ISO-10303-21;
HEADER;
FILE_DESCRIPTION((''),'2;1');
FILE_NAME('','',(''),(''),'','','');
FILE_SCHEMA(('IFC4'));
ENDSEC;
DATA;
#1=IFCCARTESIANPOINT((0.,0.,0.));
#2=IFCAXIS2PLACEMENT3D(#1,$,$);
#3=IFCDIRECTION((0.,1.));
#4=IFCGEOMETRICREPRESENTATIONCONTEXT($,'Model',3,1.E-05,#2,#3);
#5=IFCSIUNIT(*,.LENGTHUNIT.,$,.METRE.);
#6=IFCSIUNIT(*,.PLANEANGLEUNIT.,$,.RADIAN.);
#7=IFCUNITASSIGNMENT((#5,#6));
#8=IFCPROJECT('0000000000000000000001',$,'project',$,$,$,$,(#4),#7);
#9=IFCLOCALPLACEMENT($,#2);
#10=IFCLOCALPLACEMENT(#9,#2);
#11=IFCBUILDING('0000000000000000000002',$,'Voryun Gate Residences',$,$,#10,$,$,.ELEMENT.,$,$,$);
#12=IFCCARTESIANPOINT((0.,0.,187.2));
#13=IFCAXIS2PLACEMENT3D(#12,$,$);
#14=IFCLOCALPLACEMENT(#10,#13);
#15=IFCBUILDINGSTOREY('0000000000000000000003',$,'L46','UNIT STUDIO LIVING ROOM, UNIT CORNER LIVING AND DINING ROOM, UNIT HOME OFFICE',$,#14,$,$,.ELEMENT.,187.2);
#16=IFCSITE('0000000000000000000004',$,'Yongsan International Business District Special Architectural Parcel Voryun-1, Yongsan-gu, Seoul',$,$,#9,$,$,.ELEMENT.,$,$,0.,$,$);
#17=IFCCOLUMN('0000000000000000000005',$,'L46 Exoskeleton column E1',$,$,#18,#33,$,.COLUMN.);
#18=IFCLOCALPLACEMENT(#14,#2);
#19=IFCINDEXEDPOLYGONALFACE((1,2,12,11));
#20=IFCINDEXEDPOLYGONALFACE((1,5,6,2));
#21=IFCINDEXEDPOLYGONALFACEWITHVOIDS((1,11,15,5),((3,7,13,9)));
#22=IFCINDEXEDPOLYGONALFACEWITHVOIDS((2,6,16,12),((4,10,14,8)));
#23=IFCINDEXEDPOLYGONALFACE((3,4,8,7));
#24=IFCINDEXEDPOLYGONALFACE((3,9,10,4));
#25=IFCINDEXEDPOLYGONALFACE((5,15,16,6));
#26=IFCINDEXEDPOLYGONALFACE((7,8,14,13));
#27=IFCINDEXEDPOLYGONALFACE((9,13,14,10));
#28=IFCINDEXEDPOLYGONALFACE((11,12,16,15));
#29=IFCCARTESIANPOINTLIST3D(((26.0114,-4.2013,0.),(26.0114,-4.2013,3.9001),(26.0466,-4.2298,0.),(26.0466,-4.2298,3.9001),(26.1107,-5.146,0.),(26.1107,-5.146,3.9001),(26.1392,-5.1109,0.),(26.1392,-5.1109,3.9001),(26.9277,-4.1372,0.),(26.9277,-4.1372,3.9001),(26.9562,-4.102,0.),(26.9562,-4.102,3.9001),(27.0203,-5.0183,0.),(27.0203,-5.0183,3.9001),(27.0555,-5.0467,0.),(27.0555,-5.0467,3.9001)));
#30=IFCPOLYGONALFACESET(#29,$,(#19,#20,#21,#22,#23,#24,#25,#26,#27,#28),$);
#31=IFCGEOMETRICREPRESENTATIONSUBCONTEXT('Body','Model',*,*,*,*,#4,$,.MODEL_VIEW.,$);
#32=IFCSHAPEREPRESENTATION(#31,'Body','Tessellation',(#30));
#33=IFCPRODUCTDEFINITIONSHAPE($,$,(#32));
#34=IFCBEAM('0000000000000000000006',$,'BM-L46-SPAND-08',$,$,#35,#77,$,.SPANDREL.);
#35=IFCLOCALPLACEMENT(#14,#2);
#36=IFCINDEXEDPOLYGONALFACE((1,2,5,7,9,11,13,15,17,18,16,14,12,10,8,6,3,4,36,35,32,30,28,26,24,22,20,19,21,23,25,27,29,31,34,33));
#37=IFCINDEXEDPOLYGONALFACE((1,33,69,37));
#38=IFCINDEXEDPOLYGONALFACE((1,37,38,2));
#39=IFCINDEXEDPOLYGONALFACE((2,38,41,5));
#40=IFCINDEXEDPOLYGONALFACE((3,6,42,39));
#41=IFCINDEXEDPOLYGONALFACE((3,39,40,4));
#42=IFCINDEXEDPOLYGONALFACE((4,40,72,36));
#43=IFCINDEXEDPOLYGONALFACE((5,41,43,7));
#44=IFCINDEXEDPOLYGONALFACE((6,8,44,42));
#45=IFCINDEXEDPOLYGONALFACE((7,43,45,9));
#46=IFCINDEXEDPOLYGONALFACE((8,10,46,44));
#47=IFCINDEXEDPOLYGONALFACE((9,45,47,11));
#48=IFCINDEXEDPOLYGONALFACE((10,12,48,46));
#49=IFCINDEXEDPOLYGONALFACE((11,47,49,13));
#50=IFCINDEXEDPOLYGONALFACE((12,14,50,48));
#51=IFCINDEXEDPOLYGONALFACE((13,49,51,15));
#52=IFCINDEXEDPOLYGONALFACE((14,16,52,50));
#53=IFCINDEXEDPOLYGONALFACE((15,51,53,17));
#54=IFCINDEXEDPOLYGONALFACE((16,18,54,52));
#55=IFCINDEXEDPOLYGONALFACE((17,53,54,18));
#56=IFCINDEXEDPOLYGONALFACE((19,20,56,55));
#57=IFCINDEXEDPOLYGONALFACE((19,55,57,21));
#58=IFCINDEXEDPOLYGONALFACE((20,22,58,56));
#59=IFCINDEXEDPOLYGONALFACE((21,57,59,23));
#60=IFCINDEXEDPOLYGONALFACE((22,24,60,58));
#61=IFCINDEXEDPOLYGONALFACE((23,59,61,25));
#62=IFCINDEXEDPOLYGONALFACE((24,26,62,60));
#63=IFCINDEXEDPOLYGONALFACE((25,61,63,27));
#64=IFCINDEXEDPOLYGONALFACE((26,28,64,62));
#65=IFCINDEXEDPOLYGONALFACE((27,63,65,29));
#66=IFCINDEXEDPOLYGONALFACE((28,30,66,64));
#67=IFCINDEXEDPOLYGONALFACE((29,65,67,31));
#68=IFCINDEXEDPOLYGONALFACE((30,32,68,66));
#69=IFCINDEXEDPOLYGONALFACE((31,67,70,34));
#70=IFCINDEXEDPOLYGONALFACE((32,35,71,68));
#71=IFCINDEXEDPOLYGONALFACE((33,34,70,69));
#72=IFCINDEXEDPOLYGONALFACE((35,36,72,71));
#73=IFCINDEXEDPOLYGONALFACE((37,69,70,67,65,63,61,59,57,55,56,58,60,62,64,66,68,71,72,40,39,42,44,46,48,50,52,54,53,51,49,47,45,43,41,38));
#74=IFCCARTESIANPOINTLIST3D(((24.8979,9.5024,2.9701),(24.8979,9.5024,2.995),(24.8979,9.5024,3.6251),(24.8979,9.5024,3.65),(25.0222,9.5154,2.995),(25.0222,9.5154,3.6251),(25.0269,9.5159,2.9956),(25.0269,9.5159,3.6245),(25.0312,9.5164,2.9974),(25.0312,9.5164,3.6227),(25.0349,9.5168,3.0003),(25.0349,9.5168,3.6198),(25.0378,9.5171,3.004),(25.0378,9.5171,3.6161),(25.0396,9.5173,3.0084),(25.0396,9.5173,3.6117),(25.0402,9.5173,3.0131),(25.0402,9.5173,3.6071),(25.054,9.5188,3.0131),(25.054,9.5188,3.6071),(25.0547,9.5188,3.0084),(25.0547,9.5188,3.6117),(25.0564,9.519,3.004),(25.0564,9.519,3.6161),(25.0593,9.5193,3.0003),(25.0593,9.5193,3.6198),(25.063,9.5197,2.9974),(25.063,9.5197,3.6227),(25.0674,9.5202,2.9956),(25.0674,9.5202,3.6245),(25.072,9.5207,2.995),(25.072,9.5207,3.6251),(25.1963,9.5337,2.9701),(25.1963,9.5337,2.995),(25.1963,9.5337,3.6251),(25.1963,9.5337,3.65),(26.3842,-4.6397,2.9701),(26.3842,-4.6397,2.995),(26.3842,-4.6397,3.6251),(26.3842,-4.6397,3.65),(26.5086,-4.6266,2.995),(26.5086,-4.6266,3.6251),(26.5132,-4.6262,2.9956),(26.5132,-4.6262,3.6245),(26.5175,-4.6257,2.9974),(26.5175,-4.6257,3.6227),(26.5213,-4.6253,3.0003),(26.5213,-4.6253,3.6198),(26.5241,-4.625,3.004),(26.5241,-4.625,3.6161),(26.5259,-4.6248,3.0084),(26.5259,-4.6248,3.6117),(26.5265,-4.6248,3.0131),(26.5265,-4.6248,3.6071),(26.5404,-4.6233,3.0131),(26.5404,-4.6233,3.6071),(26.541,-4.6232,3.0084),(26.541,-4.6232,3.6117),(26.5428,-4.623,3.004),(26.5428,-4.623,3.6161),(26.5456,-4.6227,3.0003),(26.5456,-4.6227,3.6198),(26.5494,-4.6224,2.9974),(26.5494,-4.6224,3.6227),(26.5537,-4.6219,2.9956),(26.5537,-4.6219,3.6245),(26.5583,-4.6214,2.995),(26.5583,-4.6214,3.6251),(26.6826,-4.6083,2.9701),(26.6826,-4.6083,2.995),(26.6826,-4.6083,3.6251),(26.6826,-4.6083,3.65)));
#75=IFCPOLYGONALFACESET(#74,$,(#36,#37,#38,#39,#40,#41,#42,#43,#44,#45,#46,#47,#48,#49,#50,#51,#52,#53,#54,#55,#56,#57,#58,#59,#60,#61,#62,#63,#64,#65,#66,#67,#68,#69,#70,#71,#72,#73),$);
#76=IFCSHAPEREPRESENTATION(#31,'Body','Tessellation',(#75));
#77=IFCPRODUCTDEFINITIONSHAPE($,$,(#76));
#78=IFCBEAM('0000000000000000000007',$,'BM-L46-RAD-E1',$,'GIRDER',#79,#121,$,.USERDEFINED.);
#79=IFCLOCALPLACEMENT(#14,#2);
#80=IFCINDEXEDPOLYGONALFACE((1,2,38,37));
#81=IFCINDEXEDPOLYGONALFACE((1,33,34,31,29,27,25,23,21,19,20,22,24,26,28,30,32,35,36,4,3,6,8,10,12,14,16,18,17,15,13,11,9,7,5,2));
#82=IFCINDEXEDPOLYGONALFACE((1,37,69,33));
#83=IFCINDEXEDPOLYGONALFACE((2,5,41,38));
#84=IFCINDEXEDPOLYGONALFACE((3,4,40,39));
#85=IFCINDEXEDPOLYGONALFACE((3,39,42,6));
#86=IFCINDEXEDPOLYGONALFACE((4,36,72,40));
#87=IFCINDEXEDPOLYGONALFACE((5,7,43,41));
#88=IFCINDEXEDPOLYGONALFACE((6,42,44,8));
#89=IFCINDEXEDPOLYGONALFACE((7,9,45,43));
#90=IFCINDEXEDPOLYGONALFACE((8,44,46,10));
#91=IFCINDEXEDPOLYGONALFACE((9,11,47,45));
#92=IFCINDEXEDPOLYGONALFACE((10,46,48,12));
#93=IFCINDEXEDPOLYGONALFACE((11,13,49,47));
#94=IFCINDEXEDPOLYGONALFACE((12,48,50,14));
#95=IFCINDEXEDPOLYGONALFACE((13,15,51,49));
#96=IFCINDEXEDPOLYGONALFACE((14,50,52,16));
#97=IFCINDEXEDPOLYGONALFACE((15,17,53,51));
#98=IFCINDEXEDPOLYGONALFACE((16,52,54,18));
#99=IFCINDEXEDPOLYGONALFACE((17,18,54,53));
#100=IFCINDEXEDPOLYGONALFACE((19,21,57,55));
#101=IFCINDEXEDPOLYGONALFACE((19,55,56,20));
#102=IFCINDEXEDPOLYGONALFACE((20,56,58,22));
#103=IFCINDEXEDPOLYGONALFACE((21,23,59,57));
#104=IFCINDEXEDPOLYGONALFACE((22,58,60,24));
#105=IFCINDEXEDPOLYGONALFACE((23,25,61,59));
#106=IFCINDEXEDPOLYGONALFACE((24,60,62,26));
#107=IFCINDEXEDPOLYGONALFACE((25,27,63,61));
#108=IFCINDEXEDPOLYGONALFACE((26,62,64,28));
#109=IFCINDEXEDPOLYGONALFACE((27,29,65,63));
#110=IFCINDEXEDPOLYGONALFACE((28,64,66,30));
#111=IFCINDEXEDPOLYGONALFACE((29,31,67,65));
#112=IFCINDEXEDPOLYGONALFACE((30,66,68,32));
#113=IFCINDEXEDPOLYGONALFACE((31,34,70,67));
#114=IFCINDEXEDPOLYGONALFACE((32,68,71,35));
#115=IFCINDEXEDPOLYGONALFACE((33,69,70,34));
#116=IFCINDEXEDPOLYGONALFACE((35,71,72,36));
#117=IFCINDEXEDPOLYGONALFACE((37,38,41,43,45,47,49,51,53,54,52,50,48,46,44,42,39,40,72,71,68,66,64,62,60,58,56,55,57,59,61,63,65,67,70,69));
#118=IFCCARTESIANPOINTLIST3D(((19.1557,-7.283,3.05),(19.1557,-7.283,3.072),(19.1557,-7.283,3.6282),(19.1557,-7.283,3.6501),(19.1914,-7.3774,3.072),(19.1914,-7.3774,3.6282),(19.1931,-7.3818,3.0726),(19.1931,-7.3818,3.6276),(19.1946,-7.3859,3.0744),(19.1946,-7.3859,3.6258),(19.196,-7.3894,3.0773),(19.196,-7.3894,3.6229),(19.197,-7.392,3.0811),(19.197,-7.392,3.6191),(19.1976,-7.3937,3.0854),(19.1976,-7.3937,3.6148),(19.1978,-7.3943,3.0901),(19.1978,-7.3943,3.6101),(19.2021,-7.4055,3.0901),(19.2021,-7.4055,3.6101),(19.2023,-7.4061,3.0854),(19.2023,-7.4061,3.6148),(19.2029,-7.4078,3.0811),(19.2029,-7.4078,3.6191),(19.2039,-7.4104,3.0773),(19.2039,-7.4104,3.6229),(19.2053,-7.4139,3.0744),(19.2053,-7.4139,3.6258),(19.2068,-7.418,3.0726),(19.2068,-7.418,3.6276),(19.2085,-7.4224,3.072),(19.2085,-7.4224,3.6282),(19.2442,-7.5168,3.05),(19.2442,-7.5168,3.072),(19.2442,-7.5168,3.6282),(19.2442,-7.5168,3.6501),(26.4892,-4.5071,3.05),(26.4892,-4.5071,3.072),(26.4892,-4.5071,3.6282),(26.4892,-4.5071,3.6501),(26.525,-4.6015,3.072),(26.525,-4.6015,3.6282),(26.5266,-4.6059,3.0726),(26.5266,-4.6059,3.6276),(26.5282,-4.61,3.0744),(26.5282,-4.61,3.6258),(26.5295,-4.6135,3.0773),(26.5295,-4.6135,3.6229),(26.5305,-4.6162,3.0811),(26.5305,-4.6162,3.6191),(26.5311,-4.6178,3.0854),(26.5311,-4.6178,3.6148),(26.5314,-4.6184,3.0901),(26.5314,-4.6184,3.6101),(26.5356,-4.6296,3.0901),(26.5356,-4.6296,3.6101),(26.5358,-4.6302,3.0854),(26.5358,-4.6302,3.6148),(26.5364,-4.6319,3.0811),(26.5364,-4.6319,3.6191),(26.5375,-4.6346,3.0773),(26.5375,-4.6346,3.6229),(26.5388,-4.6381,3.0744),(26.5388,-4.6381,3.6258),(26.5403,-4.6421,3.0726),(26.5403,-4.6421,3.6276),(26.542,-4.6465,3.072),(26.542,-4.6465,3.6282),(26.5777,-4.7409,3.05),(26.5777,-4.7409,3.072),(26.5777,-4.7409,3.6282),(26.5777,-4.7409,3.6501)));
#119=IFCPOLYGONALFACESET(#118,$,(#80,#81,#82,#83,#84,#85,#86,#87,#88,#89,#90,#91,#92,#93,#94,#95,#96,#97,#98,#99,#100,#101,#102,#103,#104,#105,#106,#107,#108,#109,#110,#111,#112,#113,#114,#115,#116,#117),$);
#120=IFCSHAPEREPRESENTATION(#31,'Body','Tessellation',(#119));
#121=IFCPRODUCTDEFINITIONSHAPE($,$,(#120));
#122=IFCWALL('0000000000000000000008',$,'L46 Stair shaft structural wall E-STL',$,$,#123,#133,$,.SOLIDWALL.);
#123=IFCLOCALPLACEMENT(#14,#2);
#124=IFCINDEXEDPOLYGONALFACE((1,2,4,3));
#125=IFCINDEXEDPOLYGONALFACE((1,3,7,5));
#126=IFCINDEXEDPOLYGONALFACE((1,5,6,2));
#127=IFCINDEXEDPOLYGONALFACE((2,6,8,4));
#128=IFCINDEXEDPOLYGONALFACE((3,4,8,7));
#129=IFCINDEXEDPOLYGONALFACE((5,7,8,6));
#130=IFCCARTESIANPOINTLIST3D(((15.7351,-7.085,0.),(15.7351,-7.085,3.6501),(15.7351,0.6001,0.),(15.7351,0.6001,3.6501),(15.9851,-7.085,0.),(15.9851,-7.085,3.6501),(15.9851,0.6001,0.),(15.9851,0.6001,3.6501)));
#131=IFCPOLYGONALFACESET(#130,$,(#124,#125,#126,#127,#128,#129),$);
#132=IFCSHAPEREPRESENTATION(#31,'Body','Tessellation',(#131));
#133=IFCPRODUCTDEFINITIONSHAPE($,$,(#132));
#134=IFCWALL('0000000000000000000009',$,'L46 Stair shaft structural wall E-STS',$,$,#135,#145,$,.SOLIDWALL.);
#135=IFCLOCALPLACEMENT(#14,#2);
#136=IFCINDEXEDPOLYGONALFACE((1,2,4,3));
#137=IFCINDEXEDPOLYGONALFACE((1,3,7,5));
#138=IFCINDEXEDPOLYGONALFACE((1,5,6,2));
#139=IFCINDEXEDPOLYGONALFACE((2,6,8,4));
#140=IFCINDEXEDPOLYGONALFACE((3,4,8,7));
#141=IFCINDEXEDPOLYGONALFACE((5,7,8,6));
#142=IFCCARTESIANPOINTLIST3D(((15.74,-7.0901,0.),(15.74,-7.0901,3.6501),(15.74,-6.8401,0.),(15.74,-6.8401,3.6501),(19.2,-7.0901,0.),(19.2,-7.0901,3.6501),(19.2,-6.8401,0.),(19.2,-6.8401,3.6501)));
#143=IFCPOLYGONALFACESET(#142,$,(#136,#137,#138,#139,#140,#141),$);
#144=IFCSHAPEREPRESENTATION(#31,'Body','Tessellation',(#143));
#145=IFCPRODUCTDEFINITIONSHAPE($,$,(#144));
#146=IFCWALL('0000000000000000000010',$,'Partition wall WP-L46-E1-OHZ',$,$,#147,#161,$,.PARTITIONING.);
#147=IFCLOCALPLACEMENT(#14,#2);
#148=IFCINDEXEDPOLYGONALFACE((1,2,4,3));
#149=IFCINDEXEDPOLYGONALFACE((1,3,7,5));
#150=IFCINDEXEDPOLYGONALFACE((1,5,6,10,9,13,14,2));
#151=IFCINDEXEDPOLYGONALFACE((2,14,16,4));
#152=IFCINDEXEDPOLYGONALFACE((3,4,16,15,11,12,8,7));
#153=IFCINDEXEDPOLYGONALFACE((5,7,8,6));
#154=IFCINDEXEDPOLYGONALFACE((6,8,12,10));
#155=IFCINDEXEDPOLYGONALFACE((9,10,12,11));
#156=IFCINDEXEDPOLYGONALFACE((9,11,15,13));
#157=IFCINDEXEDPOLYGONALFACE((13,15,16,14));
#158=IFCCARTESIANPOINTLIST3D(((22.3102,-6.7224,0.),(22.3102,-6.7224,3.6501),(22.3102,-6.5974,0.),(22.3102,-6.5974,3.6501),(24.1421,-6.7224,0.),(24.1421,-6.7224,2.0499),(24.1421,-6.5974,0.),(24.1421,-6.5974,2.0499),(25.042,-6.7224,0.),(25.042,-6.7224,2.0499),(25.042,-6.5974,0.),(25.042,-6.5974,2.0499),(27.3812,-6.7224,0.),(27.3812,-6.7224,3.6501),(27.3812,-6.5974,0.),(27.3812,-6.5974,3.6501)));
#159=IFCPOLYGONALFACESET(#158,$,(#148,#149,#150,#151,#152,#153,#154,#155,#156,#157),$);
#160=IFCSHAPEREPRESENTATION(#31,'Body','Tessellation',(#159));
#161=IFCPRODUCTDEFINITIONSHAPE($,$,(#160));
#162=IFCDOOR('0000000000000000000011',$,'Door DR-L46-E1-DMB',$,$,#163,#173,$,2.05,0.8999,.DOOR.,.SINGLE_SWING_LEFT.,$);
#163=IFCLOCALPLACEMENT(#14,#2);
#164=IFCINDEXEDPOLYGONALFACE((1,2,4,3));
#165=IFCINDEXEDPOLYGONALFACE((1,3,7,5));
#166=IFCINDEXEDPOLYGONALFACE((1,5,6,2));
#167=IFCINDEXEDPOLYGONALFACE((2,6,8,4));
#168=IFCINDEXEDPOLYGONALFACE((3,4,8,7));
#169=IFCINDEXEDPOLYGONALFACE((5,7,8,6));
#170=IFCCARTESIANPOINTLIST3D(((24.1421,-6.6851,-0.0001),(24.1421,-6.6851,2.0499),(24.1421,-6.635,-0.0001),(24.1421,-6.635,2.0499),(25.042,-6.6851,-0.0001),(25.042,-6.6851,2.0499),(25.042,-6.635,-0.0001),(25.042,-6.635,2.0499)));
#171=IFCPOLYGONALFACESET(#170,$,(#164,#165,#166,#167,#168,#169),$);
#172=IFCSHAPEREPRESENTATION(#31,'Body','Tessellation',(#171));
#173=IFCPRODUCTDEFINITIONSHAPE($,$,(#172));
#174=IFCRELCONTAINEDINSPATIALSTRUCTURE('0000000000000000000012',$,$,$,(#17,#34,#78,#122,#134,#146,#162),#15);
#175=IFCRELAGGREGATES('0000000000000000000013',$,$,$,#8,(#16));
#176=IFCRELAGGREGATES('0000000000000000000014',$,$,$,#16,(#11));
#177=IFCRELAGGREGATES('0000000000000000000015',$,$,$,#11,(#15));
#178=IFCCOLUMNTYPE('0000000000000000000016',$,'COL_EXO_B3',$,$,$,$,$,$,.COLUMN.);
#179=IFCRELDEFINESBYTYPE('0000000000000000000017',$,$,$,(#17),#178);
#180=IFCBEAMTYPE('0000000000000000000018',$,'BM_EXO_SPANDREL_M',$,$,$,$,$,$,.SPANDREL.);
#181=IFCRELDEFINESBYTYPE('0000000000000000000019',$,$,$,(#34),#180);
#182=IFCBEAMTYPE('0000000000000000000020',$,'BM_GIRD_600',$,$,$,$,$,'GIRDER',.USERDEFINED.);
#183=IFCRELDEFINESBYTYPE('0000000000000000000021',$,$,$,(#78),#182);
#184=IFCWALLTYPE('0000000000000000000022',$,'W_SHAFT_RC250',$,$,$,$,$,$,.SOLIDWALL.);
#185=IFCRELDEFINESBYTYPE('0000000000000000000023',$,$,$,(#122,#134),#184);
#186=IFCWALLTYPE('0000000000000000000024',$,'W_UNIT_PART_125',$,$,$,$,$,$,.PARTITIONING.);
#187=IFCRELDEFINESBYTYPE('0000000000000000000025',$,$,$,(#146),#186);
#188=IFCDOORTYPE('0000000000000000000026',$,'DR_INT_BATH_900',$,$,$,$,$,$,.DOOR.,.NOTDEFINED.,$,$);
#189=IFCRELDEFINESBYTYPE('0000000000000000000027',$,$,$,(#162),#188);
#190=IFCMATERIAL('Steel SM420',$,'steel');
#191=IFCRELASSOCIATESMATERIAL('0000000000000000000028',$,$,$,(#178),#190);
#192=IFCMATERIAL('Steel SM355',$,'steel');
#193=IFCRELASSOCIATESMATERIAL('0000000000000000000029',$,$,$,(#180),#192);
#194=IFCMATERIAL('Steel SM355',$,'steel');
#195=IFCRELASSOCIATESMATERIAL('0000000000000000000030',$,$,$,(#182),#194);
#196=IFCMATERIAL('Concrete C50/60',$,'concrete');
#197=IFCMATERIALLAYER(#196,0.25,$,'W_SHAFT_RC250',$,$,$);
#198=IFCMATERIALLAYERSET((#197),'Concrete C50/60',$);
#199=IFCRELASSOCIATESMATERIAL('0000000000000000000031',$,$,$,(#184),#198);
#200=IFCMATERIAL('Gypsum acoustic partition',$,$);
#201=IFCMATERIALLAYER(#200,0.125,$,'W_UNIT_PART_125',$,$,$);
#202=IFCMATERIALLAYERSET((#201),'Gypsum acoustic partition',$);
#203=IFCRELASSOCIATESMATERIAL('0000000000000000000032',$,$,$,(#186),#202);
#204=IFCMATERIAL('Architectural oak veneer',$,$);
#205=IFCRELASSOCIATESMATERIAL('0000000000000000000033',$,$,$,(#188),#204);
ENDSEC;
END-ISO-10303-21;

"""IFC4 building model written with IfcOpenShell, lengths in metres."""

from ifc_helpers import new_model, si_unit, direction, frame, frame_2d, origin, origin_2d, place, context, subcontext, project, spatial, rectangle, hollow_rectangle, i_section, extrude, material, layer, layer_set, material_profile, profile_set, type_object, element, fill, save


model = new_model("IFC4")

# Units and contexts
model_context = context("Model", 3, precision=1e-05, world=origin(), true_north=direction((0.0, 1.0)))
body_context = subcontext(model_context, "Body", "Model", "MODEL_VIEW")
ifc_project = project(units=[si_unit("LENGTHUNIT", "METRE"), si_unit("PLANEANGLEUNIT", "RADIAN")], contexts=[model_context])

# Site, building, storey
site_placement = place(None, origin())
site = spatial("IfcSite", under=ifc_project, at=site_placement, Name="Yongsan International Business District Special Architectural Parcel Voryun-1, Yongsan-gu, Seoul", CompositionType="ELEMENT", RefElevation=0.0)
building_placement = place(site_placement, origin())
building = spatial("IfcBuilding", under=site, at=building_placement, Name="Voryun Gate Residences", CompositionType="ELEMENT")
storey_placement = place(building_placement, frame((0.0, 0.0, 187.2)))
storey = spatial("IfcBuildingStorey", under=building, at=storey_placement, Name="L46", Description="UNIT STUDIO LIVING ROOM, UNIT CORNER LIVING AND DINING ROOM, UNIT HOME OFFICE", CompositionType="ELEMENT", Elevation=187.2)

# Column
ifc_material_1 = material(Name="Steel SM420", Category="steel")
ifc_material_profile_1 = material_profile(ifc_material_1, hollow_rectangle(XDim=0.95, YDim=0.95, WallThickness=0.032, at=origin_2d()), Name="BOX-950x950x32")
ifc_profile_set_1 = profile_set([ifc_material_profile_1], Name="Steel SM420")
column_type = type_object("IfcColumnType", Name="COL_EXO_B3", PredefinedType="COLUMN", material=ifc_profile_set_1)
column_placement = place(storey_placement, frame((26.5334, -4.624, 0.0), z_axis=(0.0, 0.0, 1.0), x_axis=(0.994522, 0.104528, 0.0)))
element("IfcColumn", 1, at=column_placement, inside=storey, type_object=column_type, Name="L46 Exoskeleton column E1", PredefinedType="COLUMN", context=body_context, shape_type="SweptSolid", body=[
    extrude(hollow_rectangle(XDim=0.95, YDim=0.95, WallThickness=0.032, at=origin_2d()), origin(), (0.0, 0.0, 1.0), 3.9001),
])

# Beams
ifc_material_2 = material(Name="Steel SM355", Category="steel")
ifc_material_profile_2 = material_profile(ifc_material_2, i_section(OverallWidth=0.3, OverallDepth=0.6799, WebThickness=0.0139, FlangeThickness=0.0249, FilletRadius=0.0181, at=origin_2d()), Name="H-680x300x14x25")
ifc_profile_set_2 = profile_set([ifc_material_profile_2], Name="Steel SM355")
beam_type_1 = type_object("IfcBeamType", Name="BM_EXO_SPANDREL_M", PredefinedType="SPANDREL", material=ifc_profile_set_2)
beam_1_placement = place(storey_placement, frame((26.5334, -4.624, 3.3101), z_axis=(-0.104524, 0.994522, 0.0), x_axis=(-0.994522, -0.104524, 0.0)))
element("IfcBeam", 2, at=beam_1_placement, inside=storey, type_object=beam_type_1, Name="BM-L46-SPAND-08", PredefinedType="SPANDREL", context=body_context, shape_type="SweptSolid", body=[
    extrude(i_section(OverallWidth=0.3, OverallDepth=0.6799, WebThickness=0.0139, FlangeThickness=0.0249, FilletRadius=0.0181, at=origin_2d()), origin(), (0.0, 0.0, 1.0), 14.22),
])
ifc_material_3 = material(Name="Steel SM355", Category="steel")
ifc_material_profile_3 = material_profile(ifc_material_3, i_section(OverallWidth=0.25, OverallDepth=0.6001, WebThickness=0.012, FlangeThickness=0.022, FilletRadius=0.0181, at=origin_2d()), Name="H-600x250x12x22")
ifc_profile_set_3 = profile_set([ifc_material_profile_3], Name="Steel SM355")
beam_type_2 = type_object("IfcBeamType", Name="BM_GIRD_600", ElementType="GIRDER", PredefinedType="USERDEFINED", material=ifc_profile_set_3)
beam_2_placement = place(storey_placement, frame((19.2, -7.3999, 3.3501), z_axis=(0.935242, 0.354008, 0.0), x_axis=(-0.354008, 0.935242, 0.0)))
element("IfcBeam", 3, at=beam_2_placement, inside=storey, type_object=beam_type_2, Name="BM-L46-RAD-E1", ObjectType="GIRDER", PredefinedType="USERDEFINED", context=body_context, shape_type="SweptSolid", body=[
    extrude(i_section(OverallWidth=0.25, OverallDepth=0.6001, WebThickness=0.012, FlangeThickness=0.022, FilletRadius=0.0181, at=origin_2d()), origin(), (0.0, 0.0, 1.0), 7.8413),
])

# Walls
ifc_material_4 = material(Name="Concrete C50/60", Category="concrete")
ifc_layer_1 = layer(ifc_material_4, 0.25, Name="W_SHAFT_RC250")
ifc_layer_set_1 = layer_set([ifc_layer_1], Name="Concrete C50/60")
wall_type_1 = type_object("IfcWallType", Name="W_SHAFT_RC250", PredefinedType="SOLIDWALL", material=ifc_layer_set_1)
wall_1_placement = place(storey_placement, frame((15.8601, -7.085, 0.0), z_axis=(0.0, 0.0, 1.0), x_axis=(0.0, 1.0, 0.0)))
element("IfcWall", 4, at=wall_1_placement, inside=storey, type_object=wall_type_1, Name="L46 Stair shaft structural wall E-STL", PredefinedType="SOLIDWALL", context=body_context, shape_type="SweptSolid", body=[
    extrude(rectangle(XDim=7.6851, YDim=0.25, at=frame_2d((3.8425, 0.0))), origin(), (0.0, 0.0, 1.0), 3.6501),
])
wall_2_placement = place(storey_placement, frame((15.74, -6.9651, 0.0), z_axis=(0.0, 0.0, 1.0), x_axis=(1.0, 0.0, 0.0)))
element("IfcWall", 5, at=wall_2_placement, inside=storey, type_object=wall_type_1, Name="L46 Stair shaft structural wall E-STS", PredefinedType="SOLIDWALL", context=body_context, shape_type="SweptSolid", body=[
    extrude(rectangle(XDim=3.46, YDim=0.25, at=frame_2d((1.73, 0.0))), origin(), (0.0, 0.0, 1.0), 3.6501),
])

# Wall, opening, door
ifc_material_5 = material(Name="Gypsum acoustic partition")
ifc_layer_2 = layer(ifc_material_5, 0.125, Name="W_UNIT_PART_125")
ifc_layer_set_2 = layer_set([ifc_layer_2], Name="Gypsum acoustic partition")
wall_type_2 = type_object("IfcWallType", Name="W_UNIT_PART_125", PredefinedType="PARTITIONING", material=ifc_layer_set_2)
wall_3_placement = place(storey_placement, frame((22.3101, -6.6599, 0.0), z_axis=(0.0, 0.0, 1.0), x_axis=(1.0, 0.0, 0.0)))
wall_3 = element("IfcWall", 6, at=wall_3_placement, inside=storey, type_object=wall_type_2, Name="Partition wall WP-L46-E1-OHZ", PredefinedType="PARTITIONING", context=body_context, shape_type="SweptSolid", body=[
    extrude(rectangle(XDim=5.071, YDim=0.125, at=frame_2d((2.5356, 0.0))), origin(), (0.0, 0.0, 1.0), 3.6501),
])
opening_1_placement = place(wall_3_placement, frame((1.832, 0.0, 0.0)))
opening_1 = element("IfcOpeningElement", 7, at=opening_1_placement, cuts=wall_3, PredefinedType="OPENING", context=body_context, shape_type="SweptSolid", body=[
    extrude(rectangle(XDim=0.8999, YDim=2.05, at=frame_2d((0.45, 1.0249))), frame((0.0, 0.0725, 0.0), z_axis=(0.0, -1.0, 0.0), x_axis=(1.0, 0.0, 0.0)), (0.0, 0.0, 1.0), 0.145),
])
ifc_material_6 = material(Name="Architectural oak veneer")
door_type = type_object("IfcDoorType", Name="DR_INT_BATH_900", OperationType="NOTDEFINED", PredefinedType="DOOR", material=ifc_material_6)
door_1_placement = place(opening_1_placement, origin())
door_1 = element("IfcDoor", 8, at=door_1_placement, inside=storey, type_object=door_type, Name="Door DR-L46-E1-DMB", OperationType="SINGLE_SWING_LEFT", OverallHeight=2.05, OverallWidth=0.8999, PredefinedType="DOOR", context=body_context, shape_type="SweptSolid", body=[
    extrude(rectangle(XDim=0.8999, YDim=2.05, at=frame_2d((0.45, 1.0249))), frame((0.0, 0.0249, 0.0), z_axis=(0.0, -1.0, 0.0), x_axis=(1.0, 0.0, 0.0)), (0.0, 0.0, 1.0), 0.05),
])
fill(opening_1, door_1)

save(model, "model.ifc")
